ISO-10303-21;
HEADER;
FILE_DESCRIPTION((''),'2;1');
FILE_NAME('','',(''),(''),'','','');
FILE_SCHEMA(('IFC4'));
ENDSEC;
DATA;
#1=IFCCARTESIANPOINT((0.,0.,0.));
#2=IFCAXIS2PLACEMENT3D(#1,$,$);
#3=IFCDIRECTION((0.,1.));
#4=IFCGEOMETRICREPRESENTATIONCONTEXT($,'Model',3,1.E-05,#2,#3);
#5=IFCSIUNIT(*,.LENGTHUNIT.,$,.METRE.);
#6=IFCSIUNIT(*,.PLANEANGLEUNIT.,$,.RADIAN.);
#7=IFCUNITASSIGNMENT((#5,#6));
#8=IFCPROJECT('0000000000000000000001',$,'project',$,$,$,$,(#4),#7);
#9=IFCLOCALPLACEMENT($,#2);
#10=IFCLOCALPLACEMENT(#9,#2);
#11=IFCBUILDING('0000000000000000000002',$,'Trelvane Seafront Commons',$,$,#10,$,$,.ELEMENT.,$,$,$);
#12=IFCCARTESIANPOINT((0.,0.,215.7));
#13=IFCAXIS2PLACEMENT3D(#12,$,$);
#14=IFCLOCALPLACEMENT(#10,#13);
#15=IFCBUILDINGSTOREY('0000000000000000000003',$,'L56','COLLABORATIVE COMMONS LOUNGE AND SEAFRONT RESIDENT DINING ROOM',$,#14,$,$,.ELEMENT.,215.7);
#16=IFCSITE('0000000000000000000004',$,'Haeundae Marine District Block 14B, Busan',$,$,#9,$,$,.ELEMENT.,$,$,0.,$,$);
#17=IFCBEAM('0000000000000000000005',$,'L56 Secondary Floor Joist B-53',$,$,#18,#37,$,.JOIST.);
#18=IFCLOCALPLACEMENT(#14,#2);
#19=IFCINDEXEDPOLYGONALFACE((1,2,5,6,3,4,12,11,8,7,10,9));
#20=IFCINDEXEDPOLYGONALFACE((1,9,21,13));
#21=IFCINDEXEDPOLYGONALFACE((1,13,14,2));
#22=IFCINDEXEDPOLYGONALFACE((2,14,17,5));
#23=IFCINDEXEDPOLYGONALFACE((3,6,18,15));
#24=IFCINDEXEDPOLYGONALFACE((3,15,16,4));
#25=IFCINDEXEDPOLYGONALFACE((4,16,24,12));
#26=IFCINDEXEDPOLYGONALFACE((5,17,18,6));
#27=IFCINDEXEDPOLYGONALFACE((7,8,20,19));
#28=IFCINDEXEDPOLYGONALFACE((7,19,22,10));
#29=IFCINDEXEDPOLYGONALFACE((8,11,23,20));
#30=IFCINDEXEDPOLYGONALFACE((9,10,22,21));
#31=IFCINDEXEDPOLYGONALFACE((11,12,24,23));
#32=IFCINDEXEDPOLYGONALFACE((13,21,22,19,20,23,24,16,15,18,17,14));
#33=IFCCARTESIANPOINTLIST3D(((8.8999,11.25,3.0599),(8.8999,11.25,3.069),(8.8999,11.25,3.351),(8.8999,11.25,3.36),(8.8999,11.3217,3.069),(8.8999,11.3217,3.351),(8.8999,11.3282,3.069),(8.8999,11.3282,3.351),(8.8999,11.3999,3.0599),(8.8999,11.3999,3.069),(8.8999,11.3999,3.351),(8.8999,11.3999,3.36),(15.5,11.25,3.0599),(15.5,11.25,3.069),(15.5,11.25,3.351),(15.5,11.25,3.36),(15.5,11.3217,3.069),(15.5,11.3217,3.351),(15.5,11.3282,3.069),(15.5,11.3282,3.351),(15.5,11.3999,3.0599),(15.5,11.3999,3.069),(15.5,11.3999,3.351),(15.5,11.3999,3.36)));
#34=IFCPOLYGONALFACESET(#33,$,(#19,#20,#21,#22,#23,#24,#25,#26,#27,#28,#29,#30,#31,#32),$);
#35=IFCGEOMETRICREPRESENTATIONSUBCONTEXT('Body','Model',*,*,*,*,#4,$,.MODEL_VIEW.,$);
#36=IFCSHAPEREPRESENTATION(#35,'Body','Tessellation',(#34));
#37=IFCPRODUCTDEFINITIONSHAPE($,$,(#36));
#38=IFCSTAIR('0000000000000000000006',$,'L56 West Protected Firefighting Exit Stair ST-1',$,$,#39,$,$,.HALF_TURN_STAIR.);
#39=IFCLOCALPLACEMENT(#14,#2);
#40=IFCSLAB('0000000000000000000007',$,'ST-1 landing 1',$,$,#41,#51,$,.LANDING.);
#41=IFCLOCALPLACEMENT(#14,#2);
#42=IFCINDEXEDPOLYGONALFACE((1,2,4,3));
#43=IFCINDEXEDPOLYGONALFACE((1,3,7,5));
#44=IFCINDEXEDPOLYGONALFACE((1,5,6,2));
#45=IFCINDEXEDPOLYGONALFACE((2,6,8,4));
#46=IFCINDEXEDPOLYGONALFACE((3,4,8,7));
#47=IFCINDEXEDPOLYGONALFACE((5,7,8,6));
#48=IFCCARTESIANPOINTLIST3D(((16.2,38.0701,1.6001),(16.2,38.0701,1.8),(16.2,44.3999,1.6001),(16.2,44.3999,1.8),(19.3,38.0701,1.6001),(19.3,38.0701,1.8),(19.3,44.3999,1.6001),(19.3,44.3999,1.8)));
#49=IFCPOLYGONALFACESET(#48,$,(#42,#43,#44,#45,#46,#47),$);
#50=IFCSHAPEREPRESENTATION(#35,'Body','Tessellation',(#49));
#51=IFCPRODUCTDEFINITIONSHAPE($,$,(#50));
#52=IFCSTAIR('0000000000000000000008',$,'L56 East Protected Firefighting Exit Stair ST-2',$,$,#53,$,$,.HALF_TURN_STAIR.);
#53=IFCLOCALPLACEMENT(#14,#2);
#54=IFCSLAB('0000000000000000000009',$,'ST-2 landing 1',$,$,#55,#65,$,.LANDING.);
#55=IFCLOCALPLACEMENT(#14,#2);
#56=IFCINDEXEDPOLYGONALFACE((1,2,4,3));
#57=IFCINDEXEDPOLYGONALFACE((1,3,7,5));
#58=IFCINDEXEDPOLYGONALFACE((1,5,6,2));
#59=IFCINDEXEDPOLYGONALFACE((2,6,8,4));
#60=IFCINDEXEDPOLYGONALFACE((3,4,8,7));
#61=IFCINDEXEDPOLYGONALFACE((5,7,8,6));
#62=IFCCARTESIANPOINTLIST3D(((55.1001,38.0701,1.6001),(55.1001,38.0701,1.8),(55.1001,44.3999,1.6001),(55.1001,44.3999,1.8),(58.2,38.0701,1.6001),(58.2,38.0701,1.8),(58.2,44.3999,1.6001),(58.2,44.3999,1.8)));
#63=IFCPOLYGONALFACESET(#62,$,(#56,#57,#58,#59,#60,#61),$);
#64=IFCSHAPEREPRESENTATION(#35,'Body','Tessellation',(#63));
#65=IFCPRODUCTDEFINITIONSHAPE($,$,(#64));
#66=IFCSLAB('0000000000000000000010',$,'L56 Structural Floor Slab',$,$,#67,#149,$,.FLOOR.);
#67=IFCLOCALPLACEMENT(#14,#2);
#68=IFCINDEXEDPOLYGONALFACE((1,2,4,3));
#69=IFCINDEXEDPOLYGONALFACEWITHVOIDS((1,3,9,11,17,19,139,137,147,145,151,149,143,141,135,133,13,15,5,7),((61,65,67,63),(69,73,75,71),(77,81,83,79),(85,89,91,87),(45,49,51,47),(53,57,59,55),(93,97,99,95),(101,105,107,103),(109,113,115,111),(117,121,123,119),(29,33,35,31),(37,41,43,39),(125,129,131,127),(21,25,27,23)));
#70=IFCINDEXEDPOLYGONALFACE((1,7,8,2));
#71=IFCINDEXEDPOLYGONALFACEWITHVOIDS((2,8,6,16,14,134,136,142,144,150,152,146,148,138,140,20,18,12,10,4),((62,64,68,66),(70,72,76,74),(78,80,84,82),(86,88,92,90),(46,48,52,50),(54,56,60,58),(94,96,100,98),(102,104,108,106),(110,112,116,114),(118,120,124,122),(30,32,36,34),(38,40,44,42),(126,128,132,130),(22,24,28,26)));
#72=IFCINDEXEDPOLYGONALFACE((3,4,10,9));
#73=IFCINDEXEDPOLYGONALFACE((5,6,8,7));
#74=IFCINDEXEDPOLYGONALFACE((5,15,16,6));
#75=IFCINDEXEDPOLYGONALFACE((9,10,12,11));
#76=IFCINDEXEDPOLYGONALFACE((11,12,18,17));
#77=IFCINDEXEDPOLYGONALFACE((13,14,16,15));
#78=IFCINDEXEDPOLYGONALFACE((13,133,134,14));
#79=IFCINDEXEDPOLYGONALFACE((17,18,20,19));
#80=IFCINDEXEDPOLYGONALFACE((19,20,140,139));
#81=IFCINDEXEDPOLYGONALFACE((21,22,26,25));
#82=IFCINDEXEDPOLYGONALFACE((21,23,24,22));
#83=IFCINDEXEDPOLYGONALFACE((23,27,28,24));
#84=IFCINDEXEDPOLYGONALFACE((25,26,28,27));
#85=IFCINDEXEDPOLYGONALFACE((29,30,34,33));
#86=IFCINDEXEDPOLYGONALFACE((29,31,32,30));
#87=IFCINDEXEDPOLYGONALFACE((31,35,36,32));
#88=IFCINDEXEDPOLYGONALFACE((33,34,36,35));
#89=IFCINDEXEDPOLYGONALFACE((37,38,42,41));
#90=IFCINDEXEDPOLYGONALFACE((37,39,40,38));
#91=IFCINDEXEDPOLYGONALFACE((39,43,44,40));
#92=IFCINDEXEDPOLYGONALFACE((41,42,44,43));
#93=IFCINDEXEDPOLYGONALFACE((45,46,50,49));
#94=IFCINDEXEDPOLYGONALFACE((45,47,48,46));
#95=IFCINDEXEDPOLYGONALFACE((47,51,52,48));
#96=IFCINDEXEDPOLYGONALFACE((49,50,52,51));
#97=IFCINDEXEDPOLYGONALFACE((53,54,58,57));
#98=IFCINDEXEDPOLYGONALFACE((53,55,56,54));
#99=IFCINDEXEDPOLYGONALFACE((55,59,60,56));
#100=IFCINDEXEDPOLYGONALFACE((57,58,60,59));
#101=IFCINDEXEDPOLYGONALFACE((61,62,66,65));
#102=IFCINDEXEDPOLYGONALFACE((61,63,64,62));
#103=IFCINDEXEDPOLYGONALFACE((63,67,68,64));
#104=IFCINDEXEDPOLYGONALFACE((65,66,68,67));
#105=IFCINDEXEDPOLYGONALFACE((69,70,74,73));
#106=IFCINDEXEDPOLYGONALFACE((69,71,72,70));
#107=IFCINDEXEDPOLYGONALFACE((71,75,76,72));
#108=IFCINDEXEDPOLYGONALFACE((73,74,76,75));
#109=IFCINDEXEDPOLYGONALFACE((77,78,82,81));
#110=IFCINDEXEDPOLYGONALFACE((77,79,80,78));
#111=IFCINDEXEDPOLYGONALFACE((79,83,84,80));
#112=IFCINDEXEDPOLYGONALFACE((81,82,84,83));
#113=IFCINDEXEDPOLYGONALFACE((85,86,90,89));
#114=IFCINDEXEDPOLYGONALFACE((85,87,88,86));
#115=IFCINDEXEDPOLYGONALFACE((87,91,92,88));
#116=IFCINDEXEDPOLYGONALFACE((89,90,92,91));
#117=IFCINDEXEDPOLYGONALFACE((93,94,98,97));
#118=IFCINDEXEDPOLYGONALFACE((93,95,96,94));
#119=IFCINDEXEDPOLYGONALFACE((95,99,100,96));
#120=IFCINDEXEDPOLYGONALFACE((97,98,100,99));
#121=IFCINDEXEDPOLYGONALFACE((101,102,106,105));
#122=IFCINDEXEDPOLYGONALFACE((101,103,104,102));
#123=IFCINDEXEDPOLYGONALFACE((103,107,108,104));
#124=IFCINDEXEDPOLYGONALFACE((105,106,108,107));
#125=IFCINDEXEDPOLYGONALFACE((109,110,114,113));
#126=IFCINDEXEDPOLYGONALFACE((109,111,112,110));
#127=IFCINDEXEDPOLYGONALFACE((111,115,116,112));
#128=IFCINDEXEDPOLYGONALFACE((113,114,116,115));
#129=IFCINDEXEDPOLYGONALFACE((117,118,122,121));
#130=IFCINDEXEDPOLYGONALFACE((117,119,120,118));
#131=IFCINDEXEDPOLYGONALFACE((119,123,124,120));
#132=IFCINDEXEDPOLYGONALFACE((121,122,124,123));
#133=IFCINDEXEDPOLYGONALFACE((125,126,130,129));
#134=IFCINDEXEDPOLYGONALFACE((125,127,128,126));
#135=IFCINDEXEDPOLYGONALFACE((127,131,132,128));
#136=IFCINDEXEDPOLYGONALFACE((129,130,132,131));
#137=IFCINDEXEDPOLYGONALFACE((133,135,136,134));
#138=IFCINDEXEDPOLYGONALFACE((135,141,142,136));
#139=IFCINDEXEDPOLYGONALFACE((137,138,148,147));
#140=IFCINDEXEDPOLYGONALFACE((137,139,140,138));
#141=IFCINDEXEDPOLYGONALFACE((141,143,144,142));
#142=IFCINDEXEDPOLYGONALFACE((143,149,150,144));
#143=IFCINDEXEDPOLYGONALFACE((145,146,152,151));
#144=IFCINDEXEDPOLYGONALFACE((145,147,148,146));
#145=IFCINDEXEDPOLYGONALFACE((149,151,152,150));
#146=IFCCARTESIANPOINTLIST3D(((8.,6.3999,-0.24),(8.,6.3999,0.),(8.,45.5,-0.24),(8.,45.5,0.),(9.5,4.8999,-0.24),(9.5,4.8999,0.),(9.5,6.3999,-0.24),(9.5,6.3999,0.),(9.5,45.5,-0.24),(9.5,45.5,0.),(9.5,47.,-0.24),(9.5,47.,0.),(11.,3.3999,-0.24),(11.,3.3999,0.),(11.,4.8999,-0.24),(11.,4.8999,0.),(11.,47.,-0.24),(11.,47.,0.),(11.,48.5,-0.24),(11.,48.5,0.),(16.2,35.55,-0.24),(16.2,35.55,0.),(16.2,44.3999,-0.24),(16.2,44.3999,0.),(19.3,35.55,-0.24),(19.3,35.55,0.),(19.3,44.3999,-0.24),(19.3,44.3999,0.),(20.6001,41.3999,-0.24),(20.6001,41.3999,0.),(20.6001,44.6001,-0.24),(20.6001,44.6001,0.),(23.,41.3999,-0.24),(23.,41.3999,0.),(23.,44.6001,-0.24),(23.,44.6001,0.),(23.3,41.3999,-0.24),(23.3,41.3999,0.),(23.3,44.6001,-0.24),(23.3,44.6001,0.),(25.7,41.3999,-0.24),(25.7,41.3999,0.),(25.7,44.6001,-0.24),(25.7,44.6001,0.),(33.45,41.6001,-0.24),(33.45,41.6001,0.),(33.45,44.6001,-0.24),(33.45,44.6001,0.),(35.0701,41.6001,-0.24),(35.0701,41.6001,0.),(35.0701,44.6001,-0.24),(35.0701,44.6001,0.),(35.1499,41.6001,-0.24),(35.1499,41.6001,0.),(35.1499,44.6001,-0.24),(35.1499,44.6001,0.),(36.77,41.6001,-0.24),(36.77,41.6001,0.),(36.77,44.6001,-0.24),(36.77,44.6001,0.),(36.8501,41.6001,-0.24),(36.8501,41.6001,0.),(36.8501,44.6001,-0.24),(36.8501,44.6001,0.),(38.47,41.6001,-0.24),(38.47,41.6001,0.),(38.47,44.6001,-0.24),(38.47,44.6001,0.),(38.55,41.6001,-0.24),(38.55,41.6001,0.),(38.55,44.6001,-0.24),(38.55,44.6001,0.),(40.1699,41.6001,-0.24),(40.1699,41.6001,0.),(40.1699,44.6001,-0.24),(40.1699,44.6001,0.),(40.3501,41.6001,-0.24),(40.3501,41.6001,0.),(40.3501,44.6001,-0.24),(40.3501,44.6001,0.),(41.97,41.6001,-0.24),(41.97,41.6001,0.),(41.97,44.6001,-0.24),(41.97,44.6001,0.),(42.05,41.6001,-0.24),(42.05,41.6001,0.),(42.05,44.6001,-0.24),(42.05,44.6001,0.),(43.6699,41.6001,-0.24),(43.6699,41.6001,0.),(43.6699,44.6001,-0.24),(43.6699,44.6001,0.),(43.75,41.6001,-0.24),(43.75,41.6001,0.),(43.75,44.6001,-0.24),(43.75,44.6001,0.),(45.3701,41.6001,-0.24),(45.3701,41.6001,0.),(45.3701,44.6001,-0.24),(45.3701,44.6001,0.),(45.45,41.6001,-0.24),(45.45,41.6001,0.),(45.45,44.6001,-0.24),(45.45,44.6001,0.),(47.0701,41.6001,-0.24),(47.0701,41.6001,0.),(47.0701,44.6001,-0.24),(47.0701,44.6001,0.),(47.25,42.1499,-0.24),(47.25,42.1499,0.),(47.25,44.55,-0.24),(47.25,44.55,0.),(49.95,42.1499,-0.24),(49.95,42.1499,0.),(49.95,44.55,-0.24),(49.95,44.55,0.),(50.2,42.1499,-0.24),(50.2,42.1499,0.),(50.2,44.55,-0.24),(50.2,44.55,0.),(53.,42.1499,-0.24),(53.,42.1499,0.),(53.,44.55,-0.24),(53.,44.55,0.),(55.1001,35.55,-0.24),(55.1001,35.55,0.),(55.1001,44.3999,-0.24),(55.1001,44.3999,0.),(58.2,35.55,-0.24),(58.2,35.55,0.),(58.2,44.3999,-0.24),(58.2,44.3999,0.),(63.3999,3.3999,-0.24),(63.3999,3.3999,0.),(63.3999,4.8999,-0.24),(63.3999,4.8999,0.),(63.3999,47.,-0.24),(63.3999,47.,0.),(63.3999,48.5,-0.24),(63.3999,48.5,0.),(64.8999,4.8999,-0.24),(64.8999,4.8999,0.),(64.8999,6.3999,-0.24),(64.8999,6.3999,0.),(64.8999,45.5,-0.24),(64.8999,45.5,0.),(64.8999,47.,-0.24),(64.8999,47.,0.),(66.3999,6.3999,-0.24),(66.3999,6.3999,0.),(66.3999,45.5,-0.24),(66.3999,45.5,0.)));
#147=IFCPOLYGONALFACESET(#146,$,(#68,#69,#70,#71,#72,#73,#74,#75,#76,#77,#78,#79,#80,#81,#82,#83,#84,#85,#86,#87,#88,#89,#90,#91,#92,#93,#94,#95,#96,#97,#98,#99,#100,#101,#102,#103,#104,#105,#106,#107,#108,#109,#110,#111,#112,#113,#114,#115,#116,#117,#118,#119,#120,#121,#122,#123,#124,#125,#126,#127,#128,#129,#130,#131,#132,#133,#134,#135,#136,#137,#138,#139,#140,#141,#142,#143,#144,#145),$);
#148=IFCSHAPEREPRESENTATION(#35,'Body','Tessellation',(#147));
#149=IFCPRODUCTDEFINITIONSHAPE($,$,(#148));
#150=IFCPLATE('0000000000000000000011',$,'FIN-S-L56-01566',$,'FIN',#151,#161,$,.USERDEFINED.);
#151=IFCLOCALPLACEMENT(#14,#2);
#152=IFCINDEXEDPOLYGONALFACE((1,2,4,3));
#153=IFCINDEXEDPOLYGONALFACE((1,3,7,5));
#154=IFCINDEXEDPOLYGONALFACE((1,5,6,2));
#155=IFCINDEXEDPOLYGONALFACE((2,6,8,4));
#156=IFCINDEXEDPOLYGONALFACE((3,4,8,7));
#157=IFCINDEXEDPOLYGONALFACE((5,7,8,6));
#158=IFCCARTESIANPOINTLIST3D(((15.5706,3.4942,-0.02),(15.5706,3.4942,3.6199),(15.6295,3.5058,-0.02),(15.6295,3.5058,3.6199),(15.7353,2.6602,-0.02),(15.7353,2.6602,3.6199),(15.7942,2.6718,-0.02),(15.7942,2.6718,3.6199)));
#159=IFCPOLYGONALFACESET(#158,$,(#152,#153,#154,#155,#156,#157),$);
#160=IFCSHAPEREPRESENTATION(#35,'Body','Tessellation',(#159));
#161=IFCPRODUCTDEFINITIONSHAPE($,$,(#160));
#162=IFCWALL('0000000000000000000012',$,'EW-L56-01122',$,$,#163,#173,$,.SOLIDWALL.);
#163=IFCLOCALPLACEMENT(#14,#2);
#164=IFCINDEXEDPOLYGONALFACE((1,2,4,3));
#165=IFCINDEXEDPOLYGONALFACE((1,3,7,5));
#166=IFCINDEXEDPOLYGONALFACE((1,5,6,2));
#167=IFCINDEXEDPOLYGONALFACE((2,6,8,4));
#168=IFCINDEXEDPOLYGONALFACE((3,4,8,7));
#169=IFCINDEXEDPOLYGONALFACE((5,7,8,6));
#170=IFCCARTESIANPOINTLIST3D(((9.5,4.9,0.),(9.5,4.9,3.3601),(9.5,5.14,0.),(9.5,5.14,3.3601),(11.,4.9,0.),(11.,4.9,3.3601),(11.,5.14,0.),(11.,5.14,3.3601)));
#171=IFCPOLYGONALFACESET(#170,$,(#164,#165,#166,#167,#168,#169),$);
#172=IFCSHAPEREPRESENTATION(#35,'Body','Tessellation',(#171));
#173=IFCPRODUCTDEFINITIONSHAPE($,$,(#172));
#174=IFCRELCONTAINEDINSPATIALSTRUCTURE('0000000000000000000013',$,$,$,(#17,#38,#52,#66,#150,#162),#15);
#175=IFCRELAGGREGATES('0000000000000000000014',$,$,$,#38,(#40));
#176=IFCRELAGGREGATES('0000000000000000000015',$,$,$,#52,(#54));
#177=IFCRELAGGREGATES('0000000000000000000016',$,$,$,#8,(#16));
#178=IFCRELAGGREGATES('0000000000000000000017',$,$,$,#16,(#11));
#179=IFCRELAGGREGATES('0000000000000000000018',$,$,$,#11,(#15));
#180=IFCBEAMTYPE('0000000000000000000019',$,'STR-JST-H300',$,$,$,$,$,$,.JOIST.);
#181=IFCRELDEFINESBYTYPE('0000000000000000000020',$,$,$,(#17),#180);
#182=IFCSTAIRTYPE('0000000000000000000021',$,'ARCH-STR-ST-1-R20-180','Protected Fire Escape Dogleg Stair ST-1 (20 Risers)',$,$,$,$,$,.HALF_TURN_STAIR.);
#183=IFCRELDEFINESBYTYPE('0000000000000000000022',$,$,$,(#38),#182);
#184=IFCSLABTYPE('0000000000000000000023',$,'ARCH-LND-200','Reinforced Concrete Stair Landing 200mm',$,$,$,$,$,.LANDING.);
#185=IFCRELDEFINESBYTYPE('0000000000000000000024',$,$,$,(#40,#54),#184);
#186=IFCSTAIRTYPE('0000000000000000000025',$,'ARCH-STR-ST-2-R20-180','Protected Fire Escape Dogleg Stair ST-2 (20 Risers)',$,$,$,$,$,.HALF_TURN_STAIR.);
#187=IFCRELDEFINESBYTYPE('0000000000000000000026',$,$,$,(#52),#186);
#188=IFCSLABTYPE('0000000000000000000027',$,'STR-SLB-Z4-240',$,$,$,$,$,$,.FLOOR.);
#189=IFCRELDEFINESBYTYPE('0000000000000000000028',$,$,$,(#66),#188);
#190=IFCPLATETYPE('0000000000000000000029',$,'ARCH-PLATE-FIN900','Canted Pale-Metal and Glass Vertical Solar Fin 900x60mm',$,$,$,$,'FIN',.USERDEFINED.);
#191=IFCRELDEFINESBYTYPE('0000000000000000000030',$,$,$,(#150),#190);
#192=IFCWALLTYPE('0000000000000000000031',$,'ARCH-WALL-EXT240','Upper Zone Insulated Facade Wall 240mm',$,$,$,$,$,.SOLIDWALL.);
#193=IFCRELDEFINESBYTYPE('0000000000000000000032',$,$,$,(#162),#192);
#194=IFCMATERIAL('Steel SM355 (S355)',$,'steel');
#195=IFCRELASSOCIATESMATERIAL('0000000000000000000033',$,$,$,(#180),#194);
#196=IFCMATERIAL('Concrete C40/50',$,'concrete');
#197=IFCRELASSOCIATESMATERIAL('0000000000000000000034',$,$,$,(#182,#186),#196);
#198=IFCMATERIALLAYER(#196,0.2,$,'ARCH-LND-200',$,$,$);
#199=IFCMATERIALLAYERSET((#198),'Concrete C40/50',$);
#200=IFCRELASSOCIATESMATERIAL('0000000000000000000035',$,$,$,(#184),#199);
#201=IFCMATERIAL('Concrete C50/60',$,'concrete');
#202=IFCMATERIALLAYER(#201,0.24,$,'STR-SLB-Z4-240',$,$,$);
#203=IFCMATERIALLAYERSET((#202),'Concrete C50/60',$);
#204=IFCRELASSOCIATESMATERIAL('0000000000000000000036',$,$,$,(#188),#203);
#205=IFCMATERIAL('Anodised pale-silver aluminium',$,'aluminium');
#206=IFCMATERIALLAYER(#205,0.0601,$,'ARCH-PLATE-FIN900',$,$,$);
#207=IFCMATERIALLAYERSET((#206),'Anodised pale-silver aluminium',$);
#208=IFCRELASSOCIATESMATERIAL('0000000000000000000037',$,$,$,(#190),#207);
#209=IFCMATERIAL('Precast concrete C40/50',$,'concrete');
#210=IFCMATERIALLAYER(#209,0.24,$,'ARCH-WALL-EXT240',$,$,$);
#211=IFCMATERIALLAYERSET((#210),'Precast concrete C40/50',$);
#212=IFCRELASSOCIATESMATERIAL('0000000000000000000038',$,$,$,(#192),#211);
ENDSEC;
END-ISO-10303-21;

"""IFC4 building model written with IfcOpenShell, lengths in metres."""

from ifc_helpers import new_model, si_unit, direction, frame, frame_2d, origin, origin_2d, place, context, subcontext, project, spatial, polyline, rectangle, i_section, outline, extrude, source, transform, mapped, material, layer, layer_set, material_profile, profile_set, type_object, element, aggregate, save


model = new_model("IFC4")

# Units and contexts
model_context = context("Model", 3, precision=1e-05, world=origin(), true_north=direction((0.0, 1.0)))
body_context = subcontext(model_context, "Body", "Model", "MODEL_VIEW")
ifc_project = project(units=[si_unit("LENGTHUNIT", "METRE"), si_unit("PLANEANGLEUNIT", "RADIAN")], contexts=[model_context])

# Site, building, storey
site_placement = place(None, origin())
site = spatial("IfcSite", under=ifc_project, at=site_placement, Name="Haeundae Marine District Block 14B, Busan", CompositionType="ELEMENT", RefElevation=0.0)
building_placement = place(site_placement, origin())
building = spatial("IfcBuilding", under=site, at=building_placement, Name="Trelvane Seafront Commons", CompositionType="ELEMENT")
storey_placement = place(building_placement, frame((0.0, 0.0, 215.7)))
storey = spatial("IfcBuildingStorey", under=building, at=storey_placement, Name="L56", Description="COLLABORATIVE COMMONS LOUNGE AND SEAFRONT RESIDENT DINING ROOM", CompositionType="ELEMENT", Elevation=215.7)

# Shared definitions
ifc_material_1 = material(Name="Concrete C50/60", Category="concrete")
ifc_material_2 = material(Name="Steel SM355 (S355)", Category="steel")

# Beam
ifc_material_profile_1 = material_profile(ifc_material_2, i_section(OverallWidth=0.1499, OverallDepth=0.3, WebThickness=0.0066, FlangeThickness=0.009, at=origin_2d()), Name="H-300x150x6.5x9")
ifc_profile_set_1 = profile_set([ifc_material_profile_1], Name="Steel SM355 (S355)")
beam_type_1 = type_object("IfcBeamType", Name="STR-JST-H300", PredefinedType="JOIST", material=ifc_profile_set_1)
shared_shape_1 = source(origin(), body_context, "Body", "SweptSolid", [
    extrude(i_section(OverallWidth=0.1499, OverallDepth=0.3, WebThickness=0.0066, FlangeThickness=0.009, at=origin_2d()), origin(), (0.0, 0.0, 1.0), 6.6001),
])
beam_1_placement = place(storey_placement, frame((8.8999, 11.325, 3.21), z_axis=(1.0, 0.0, 0.0), x_axis=(0.0, 1.0, 0.0)))
element("IfcBeam", 1, at=beam_1_placement, inside=storey, type_object=beam_type_1, Name="L56 Secondary Floor Joist B-53", PredefinedType="JOIST", context=body_context, shape_type="MappedRepresentation", body=[
    mapped(shared_shape_1, transform((0.0, 0.0, 0.0), x_axis=(1.0, 0.0, 0.0), y_axis=(0.0, 1.0, 0.0), z_axis=(0.0, 0.0, 1.0), scale=1.0)),
])

# Stairs, slabs
ifc_material_3 = material(Name="Concrete C40/50", Category="concrete")
stair_type_1 = type_object("IfcStairType", Name="ARCH-STR-ST-1-R20-180", Description="Protected Fire Escape Dogleg Stair ST-1 (20 Risers)", PredefinedType="HALF_TURN_STAIR", material=ifc_material_3)
stair_1_placement = place(storey_placement, origin())
stair_1 = element("IfcStair", 2, at=stair_1_placement, inside=storey, type_object=stair_type_1, Name="L56 West Protected Firefighting Exit Stair ST-1", PredefinedType="HALF_TURN_STAIR")
ifc_layer_1 = layer(ifc_material_3, 0.2, Name="ARCH-LND-200")
ifc_layer_set_1 = layer_set([ifc_layer_1], Name="Concrete C40/50")
slab_type_1 = type_object("IfcSlabType", Name="ARCH-LND-200", Description="Reinforced Concrete Stair Landing 200mm", PredefinedType="LANDING", material=ifc_layer_set_1)
slab_1_placement = place(storey_placement, frame((0.0, 0.0, 1.6001)))
slab_1 = element("IfcSlab", 3, at=slab_1_placement, type_object=slab_type_1, Name="ST-1 landing 1", PredefinedType="LANDING", context=body_context, shape_type="SweptSolid", body=[
    extrude(outline(polyline([(19.3, 38.0701), (19.3, 44.3999), (16.2, 44.3999), (16.2, 38.0701), (19.3, 38.0701)])), origin(), (0.0, 0.0, 1.0), 0.2),
])
aggregate(stair_1, [slab_1])
stair_type_2 = type_object("IfcStairType", Name="ARCH-STR-ST-2-R20-180", Description="Protected Fire Escape Dogleg Stair ST-2 (20 Risers)", PredefinedType="HALF_TURN_STAIR", material=ifc_material_3)
stair_2_placement = place(storey_placement, origin())
stair_2 = element("IfcStair", 4, at=stair_2_placement, inside=storey, type_object=stair_type_2, Name="L56 East Protected Firefighting Exit Stair ST-2", PredefinedType="HALF_TURN_STAIR")
slab_2_placement = place(storey_placement, frame((0.0, 0.0, 1.6001)))
slab_2 = element("IfcSlab", 5, at=slab_2_placement, type_object=slab_type_1, Name="ST-2 landing 1", PredefinedType="LANDING", context=body_context, shape_type="SweptSolid", body=[
    extrude(outline(polyline([(58.2, 38.0701), (58.2, 44.3999), (55.1001, 44.3999), (55.1001, 38.0701), (58.2, 38.0701)])), origin(), (0.0, 0.0, 1.0), 0.2),
])
aggregate(stair_2, [slab_2])

# Slab
ifc_layer_2 = layer(ifc_material_1, 0.24, Name="STR-SLB-Z4-240")
ifc_layer_set_2 = layer_set([ifc_layer_2], Name="Concrete C50/60")
slab_type_2 = type_object("IfcSlabType", Name="STR-SLB-Z4-240", PredefinedType="FLOOR", material=ifc_layer_set_2)
slab_3_placement = place(storey_placement, frame((0.0, 0.0, -0.24)))
element("IfcSlab", 6, at=slab_3_placement, inside=storey, type_object=slab_type_2, Name="L56 Structural Floor Slab", PredefinedType="FLOOR", context=body_context, shape_type="SweptSolid", body=[
    extrude(outline(polyline([(11.0, 3.3999), (63.3999, 3.3999), (63.3999, 4.8999), (64.8999, 4.8999), (64.8999, 6.3999), (66.3999, 6.3999), (66.3999, 45.5), (64.8999, 45.5), (64.8999, 47.0), (63.3999, 47.0), (63.3999, 48.5), (11.0, 48.5), (11.0, 47.0), (9.5, 47.0), (9.5, 45.5), (8.0, 45.5), (8.0, 6.3999), (9.5, 6.3999), (9.5, 4.8999), (11.0, 4.8999), (11.0, 3.3999)]), holes=[polyline([(19.3, 35.55), (16.2, 35.55), (16.2, 44.3999), (19.3, 44.3999), (19.3, 35.55)]), polyline([(20.6001, 41.3999), (20.6001, 44.6001), (23.0, 44.6001), (23.0, 41.3999), (20.6001, 41.3999)]), polyline([(23.3, 41.3999), (23.3, 44.6001), (25.7, 44.6001), (25.7, 41.3999), (23.3, 41.3999)]), polyline([(33.45, 41.6001), (33.45, 44.6001), (35.0701, 44.6001), (35.0701, 41.6001), (33.45, 41.6001)]), polyline([(35.1499, 41.6001), (35.1499, 44.6001), (36.77, 44.6001), (36.77, 41.6001), (35.1499, 41.6001)]), polyline([(36.8501, 41.6001), (36.8501, 44.6001), (38.47, 44.6001), (38.47, 41.6001), (36.8501, 41.6001)]), polyline([(38.55, 41.6001), (38.55, 44.6001), (40.1699, 44.6001), (40.1699, 41.6001), (38.55, 41.6001)]), polyline([(58.2, 35.55), (55.1001, 35.55), (55.1001, 44.3999), (58.2, 44.3999), (58.2, 35.55)]), polyline([(40.3501, 41.6001), (40.3501, 44.6001), (41.97, 44.6001), (41.97, 41.6001), (40.3501, 41.6001)]), polyline([(42.05, 41.6001), (42.05, 44.6001), (43.6699, 44.6001), (43.6699, 41.6001), (42.05, 41.6001)]), polyline([(43.75, 41.6001), (43.75, 44.6001), (45.3701, 44.6001), (45.3701, 41.6001), (43.75, 41.6001)]), polyline([(45.45, 41.6001), (45.45, 44.6001), (47.0701, 44.6001), (47.0701, 41.6001), (45.45, 41.6001)]), polyline([(47.25, 42.1499), (47.25, 44.55), (49.95, 44.55), (49.95, 42.1499), (47.25, 42.1499)]), polyline([(50.2, 42.1499), (50.2, 44.55), (53.0, 44.55), (53.0, 42.1499), (50.2, 42.1499)])]), origin(), (0.0, 0.0, 1.0), 0.24),
])

# Plate
ifc_material_4 = material(Name="Anodised pale-silver aluminium", Category="aluminium")
ifc_layer_3 = layer(ifc_material_4, 0.0601, Name="ARCH-PLATE-FIN900")
ifc_layer_set_3 = layer_set([ifc_layer_3], Name="Anodised pale-silver aluminium")
plate_type = type_object("IfcPlateType", Name="ARCH-PLATE-FIN900", Description="Canted Pale-Metal and Glass Vertical Solar Fin 900x60mm", ElementType="FIN", PredefinedType="USERDEFINED", material=ifc_layer_set_3)
shared_shape_2 = source(origin(), body_context, "Body", "SweptSolid", [
    extrude(rectangle(XDim=0.8501, YDim=0.0601, at=origin_2d()), origin(), (0.0, 0.0, 1.0), 3.6399),
])
plate_placement = place(storey_placement, frame((15.6824, 3.083, -0.02), z_axis=(0.0, 0.0, 1.0), x_axis=(0.193764, -0.981048, 0.0)))
element("IfcPlate", 7, at=plate_placement, inside=storey, type_object=plate_type, Name="FIN-S-L56-01566", ObjectType="FIN", PredefinedType="USERDEFINED", context=body_context, shape_type="MappedRepresentation", body=[
    mapped(shared_shape_2, transform((0.0, 0.0, 0.0), x_axis=(1.0, 0.0, 0.0), y_axis=(0.0, 1.0, 0.0), z_axis=(0.0, 0.0, 1.0), scale=1.0)),
])

# Wall
ifc_material_5 = material(Name="Precast concrete C40/50", Category="concrete")
ifc_layer_4 = layer(ifc_material_5, 0.24, Name="ARCH-WALL-EXT240")
ifc_layer_set_4 = layer_set([ifc_layer_4], Name="Precast concrete C40/50")
wall_type_1 = type_object("IfcWallType", Name="ARCH-WALL-EXT240", Description="Upper Zone Insulated Facade Wall 240mm", PredefinedType="SOLIDWALL", material=ifc_layer_set_4)
for number, where, z_axis, x_axis, name in (
    (8, (11.0, 5.02, 0.0), (0.0, 0.0, 1.0), (-1.0, 0.0, 0.0), "EW-L56-01122"),
):
    element("IfcWall", number, at=place(storey_placement, frame(where, z_axis=z_axis, x_axis=x_axis)), inside=storey, type_object=wall_type_1, Name=name, PredefinedType="SOLIDWALL", context=body_context, shape_type="SweptSolid", body=[
        extrude(rectangle(XDim=1.5, YDim=0.24, at=frame_2d((0.75, 0.0))), origin(), (0.0, 0.0, 1.0), 3.3601),
    ])

save(model, "model.ifc")
